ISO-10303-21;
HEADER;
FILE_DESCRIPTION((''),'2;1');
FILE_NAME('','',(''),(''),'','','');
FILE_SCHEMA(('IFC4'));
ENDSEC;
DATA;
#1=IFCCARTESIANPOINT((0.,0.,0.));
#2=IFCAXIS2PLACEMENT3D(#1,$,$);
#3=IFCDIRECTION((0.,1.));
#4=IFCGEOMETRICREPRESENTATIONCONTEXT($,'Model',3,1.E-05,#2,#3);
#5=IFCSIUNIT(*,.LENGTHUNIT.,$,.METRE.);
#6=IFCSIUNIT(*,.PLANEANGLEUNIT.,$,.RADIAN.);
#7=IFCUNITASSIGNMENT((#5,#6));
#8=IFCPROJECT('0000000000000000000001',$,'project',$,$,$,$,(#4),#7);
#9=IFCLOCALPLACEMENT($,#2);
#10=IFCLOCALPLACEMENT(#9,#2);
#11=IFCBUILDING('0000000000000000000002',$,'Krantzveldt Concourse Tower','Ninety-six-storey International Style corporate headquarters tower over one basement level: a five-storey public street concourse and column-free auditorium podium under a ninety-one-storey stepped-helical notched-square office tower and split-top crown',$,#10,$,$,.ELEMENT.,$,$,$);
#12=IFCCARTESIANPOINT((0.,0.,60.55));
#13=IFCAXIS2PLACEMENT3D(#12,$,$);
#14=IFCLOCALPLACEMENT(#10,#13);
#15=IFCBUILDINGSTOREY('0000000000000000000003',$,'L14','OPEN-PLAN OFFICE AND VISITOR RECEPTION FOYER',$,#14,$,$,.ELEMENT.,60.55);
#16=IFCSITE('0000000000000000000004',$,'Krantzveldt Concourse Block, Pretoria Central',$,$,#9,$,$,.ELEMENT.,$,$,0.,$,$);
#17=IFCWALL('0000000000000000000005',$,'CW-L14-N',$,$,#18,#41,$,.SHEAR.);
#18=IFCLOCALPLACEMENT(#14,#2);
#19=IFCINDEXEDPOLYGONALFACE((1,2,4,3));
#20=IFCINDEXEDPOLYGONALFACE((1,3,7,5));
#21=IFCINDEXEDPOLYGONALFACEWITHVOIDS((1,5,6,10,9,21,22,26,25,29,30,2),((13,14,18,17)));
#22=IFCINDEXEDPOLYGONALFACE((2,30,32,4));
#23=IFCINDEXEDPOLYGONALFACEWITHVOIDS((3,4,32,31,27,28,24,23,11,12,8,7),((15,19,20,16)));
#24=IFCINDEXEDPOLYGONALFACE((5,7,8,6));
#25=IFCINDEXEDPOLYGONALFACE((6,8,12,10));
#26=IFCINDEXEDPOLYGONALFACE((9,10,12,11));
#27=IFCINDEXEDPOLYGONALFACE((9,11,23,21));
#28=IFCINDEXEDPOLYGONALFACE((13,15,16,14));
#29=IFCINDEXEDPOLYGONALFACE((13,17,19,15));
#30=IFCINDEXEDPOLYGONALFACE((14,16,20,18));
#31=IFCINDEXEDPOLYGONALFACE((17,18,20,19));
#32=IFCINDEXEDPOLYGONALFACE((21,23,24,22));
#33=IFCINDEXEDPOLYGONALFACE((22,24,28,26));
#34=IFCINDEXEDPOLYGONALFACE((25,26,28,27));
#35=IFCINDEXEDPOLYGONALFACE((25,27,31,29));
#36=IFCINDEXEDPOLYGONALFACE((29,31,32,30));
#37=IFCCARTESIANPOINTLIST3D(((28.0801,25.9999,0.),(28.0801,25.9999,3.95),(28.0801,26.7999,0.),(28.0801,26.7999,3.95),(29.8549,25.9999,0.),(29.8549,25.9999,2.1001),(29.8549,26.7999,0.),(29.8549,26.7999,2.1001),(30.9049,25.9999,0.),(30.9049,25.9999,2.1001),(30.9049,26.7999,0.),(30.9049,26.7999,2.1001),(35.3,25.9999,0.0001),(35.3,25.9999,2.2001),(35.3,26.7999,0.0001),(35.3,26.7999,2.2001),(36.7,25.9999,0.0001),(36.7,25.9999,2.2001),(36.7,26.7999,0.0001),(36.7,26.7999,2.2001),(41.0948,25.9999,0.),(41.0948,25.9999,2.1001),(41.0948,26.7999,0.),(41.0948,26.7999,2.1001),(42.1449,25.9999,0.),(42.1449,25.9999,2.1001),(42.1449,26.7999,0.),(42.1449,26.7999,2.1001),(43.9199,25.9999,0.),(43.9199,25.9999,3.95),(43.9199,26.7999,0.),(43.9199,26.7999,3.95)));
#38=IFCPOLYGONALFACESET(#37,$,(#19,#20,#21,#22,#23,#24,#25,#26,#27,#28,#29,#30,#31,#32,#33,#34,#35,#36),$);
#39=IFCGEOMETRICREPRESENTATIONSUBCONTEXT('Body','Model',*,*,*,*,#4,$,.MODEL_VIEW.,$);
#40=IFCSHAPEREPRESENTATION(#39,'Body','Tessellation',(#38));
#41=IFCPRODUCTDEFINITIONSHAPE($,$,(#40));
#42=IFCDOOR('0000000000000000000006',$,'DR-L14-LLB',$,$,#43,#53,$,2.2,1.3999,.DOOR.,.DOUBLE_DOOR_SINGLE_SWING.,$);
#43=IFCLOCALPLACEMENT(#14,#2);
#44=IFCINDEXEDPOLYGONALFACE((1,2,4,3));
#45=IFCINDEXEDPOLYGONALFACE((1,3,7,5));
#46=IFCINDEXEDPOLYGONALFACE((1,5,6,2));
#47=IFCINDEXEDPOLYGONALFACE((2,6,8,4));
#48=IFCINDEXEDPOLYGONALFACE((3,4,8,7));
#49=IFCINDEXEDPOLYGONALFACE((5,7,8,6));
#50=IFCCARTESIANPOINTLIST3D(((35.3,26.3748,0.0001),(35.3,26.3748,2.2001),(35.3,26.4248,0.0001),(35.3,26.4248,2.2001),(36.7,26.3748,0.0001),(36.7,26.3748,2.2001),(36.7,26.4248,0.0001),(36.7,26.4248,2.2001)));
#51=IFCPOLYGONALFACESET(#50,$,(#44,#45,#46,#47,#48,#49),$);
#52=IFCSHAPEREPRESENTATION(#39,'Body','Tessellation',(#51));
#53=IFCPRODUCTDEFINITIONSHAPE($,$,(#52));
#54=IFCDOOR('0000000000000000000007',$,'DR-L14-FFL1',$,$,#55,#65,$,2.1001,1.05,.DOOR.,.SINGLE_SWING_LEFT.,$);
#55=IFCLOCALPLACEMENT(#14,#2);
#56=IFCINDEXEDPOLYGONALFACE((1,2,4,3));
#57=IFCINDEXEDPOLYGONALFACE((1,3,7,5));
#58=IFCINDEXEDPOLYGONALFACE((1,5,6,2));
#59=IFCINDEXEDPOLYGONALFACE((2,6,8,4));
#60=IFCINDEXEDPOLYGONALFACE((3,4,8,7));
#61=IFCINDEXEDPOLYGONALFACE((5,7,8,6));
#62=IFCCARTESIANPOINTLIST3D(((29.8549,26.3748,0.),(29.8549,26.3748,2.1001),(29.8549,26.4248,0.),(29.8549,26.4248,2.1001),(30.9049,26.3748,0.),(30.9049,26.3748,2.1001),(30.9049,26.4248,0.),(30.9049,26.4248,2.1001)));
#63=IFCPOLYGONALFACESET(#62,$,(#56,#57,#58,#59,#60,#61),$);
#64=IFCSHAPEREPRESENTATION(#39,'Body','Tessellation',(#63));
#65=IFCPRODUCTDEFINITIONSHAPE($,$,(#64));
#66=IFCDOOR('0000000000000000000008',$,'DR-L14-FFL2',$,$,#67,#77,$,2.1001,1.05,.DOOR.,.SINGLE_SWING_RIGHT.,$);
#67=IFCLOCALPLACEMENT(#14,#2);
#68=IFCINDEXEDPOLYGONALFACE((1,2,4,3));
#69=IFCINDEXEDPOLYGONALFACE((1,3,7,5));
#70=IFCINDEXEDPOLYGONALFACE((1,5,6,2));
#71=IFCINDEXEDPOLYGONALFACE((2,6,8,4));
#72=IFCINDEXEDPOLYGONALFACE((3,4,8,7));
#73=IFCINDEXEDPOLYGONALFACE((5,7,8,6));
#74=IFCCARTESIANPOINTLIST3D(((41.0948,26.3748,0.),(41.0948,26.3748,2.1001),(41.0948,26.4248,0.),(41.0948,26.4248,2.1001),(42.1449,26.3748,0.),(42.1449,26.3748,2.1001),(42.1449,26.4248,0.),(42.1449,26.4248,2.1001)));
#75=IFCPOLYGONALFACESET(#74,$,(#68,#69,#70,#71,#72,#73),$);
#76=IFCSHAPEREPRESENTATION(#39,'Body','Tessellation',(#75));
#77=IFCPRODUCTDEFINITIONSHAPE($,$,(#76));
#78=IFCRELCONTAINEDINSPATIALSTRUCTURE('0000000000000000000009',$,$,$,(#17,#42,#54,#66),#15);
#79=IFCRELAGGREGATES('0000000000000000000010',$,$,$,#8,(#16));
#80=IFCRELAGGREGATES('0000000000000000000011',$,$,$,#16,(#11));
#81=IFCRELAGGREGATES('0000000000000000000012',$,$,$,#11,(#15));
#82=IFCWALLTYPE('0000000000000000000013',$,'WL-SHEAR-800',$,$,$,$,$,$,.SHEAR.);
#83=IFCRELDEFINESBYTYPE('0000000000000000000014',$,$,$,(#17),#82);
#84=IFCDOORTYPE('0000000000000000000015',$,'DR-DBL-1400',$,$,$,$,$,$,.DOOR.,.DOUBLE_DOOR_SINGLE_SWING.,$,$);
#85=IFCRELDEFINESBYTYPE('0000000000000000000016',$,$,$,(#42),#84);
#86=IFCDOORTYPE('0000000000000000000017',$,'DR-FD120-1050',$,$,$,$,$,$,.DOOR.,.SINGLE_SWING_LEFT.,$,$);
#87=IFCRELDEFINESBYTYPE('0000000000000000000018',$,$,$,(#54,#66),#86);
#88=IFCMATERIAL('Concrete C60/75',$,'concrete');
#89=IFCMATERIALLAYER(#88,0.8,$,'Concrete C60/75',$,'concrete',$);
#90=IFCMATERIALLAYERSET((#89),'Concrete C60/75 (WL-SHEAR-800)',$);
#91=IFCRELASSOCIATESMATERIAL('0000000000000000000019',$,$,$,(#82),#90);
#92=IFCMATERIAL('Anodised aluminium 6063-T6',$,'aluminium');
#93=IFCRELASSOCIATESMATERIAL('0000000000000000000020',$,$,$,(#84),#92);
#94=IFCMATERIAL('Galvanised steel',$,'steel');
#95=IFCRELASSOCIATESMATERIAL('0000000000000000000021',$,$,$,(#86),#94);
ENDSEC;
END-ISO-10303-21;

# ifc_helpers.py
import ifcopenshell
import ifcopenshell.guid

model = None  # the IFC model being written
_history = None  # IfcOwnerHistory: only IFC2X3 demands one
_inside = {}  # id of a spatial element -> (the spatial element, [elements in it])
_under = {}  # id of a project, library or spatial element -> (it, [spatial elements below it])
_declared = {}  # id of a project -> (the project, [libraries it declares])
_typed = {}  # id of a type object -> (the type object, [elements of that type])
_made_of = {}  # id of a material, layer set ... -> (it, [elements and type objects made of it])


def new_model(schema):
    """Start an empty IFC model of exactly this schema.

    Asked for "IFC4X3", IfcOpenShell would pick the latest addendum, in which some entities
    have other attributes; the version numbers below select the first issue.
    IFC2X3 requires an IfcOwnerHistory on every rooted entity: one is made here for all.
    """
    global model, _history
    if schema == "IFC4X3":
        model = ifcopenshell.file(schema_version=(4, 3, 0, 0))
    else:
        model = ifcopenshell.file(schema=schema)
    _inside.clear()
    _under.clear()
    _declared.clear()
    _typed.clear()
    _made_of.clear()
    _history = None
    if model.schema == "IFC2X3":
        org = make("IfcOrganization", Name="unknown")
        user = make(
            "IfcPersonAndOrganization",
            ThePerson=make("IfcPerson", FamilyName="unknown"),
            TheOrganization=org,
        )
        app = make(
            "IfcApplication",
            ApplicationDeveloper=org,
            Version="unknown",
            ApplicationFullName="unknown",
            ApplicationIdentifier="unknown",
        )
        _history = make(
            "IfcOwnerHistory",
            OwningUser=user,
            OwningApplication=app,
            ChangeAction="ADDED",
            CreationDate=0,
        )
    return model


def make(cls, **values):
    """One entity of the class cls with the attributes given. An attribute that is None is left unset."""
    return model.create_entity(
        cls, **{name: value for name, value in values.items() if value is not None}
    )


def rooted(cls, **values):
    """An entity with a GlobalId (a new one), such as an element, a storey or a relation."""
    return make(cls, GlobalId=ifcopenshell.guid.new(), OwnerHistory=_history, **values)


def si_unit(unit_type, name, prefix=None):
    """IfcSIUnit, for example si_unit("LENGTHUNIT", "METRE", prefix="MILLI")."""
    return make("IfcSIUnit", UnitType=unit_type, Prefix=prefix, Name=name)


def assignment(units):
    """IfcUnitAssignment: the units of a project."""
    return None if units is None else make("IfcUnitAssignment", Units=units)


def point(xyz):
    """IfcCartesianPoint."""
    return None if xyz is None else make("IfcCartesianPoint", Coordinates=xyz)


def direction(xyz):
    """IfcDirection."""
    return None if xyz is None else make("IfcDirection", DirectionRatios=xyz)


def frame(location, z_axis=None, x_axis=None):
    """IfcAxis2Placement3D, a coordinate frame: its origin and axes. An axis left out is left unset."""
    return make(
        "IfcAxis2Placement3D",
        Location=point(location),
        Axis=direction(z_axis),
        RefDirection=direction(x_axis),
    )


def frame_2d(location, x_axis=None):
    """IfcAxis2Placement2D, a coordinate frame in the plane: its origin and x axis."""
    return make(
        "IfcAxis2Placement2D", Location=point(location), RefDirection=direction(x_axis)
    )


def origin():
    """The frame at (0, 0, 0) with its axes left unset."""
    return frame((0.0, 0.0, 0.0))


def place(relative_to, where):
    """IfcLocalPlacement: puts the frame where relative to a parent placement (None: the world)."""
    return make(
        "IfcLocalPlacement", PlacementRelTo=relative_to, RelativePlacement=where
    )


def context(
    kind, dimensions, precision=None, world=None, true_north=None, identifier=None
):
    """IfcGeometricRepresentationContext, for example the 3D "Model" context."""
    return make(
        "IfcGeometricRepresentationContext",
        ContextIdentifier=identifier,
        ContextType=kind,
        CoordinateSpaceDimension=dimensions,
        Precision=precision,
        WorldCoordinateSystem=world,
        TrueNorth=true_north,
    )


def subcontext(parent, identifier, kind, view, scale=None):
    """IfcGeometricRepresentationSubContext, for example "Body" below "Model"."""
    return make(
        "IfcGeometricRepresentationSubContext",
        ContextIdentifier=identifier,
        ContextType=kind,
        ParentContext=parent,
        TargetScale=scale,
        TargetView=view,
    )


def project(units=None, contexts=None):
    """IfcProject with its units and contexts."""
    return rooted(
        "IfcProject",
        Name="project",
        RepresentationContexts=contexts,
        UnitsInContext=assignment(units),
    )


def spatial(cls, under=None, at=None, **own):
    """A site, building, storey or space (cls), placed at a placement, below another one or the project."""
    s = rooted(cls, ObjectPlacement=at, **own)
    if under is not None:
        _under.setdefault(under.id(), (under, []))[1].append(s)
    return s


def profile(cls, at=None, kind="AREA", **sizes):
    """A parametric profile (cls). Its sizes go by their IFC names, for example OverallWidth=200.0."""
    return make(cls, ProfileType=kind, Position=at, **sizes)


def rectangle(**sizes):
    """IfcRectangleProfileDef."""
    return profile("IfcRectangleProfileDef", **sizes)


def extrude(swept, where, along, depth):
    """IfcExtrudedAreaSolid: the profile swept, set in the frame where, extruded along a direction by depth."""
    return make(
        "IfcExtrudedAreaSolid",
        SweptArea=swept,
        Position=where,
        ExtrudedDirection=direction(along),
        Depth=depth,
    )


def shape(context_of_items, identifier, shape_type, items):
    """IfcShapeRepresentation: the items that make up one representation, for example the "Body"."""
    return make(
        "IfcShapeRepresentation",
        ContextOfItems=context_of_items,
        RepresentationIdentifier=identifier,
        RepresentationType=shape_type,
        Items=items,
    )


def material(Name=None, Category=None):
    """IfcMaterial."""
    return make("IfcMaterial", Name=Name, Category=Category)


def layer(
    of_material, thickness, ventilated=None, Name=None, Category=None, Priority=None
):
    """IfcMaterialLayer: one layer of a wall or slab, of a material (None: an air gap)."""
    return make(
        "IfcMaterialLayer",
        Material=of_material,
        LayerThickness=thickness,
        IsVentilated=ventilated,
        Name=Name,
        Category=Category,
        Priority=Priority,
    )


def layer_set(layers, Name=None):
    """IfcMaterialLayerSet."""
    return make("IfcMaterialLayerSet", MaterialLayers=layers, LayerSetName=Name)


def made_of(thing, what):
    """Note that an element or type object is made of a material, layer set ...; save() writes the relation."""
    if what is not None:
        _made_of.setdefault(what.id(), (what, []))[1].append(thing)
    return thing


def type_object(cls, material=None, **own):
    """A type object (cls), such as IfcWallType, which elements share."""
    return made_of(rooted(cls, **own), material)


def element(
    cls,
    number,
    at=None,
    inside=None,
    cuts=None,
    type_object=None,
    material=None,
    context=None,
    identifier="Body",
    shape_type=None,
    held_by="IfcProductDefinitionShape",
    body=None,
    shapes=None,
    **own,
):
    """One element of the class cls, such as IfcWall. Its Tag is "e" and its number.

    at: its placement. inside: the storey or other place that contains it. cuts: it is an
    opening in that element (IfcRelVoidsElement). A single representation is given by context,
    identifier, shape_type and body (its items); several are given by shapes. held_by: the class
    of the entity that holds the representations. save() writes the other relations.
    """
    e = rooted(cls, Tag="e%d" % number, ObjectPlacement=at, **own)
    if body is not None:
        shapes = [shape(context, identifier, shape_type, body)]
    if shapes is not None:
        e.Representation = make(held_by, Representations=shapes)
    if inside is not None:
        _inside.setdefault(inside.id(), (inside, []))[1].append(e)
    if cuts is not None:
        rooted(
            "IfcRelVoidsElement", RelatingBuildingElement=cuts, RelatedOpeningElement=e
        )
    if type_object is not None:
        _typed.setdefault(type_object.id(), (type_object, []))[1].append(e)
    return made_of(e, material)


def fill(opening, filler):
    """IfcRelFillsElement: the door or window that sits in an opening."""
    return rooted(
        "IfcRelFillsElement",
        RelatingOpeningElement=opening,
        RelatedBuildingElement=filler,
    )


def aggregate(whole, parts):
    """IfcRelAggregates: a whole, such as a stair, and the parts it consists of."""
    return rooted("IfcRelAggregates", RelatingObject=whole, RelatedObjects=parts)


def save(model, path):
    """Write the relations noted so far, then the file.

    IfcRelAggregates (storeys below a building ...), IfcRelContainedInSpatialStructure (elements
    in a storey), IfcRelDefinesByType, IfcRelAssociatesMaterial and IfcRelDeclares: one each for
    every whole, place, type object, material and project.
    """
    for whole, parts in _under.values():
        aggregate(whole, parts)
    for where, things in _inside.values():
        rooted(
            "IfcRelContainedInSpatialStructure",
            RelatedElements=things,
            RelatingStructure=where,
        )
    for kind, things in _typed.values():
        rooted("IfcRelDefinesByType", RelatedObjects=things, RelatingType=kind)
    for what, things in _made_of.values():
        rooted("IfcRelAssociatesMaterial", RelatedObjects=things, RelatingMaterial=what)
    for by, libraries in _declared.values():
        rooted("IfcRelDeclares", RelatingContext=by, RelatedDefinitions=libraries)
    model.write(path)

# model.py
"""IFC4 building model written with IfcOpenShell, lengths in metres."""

from ifc_helpers import new_model, si_unit, direction, frame, frame_2d, origin, place, context, subcontext, project, spatial, rectangle, extrude, material, layer, layer_set, type_object, element, fill, save


model = new_model("IFC4")

# Units and contexts
model_context = context("Model", 3, precision=1e-05, world=origin(), true_north=direction((0.0, 1.0)))
body_context = subcontext(model_context, "Body", "Model", "MODEL_VIEW")
ifc_project = project(units=[si_unit("LENGTHUNIT", "METRE"), si_unit("PLANEANGLEUNIT", "RADIAN")], contexts=[model_context])

# Site, building, storey
site_placement = place(None, origin())
site = spatial("IfcSite", under=ifc_project, at=site_placement, Name="Krantzveldt Concourse Block, Pretoria Central", CompositionType="ELEMENT", RefElevation=0.0)
building_placement = place(site_placement, origin())
building = spatial("IfcBuilding", under=site, at=building_placement, Name="Krantzveldt Concourse Tower", Description="Ninety-six-storey International Style corporate headquarters tower over one basement level: a five-storey public street concourse and column-free auditorium podium under a ninety-one-storey stepped-helical notched-square office tower and split-top crown", CompositionType="ELEMENT")
storey_placement = place(building_placement, frame((0.0, 0.0, 60.55)))
storey = spatial("IfcBuildingStorey", under=building, at=storey_placement, Name="L14", Description="OPEN-PLAN OFFICE AND VISITOR RECEPTION FOYER", CompositionType="ELEMENT", Elevation=60.55)

# Wall, openings, doors
ifc_material_1 = material(Name="Concrete C60/75", Category="concrete")
ifc_layer_1 = layer(ifc_material_1, 0.8, Name="Concrete C60/75", Category="concrete")
ifc_layer_set_1 = layer_set([ifc_layer_1], Name="Concrete C60/75 (WL-SHEAR-800)")
wall_type_1 = type_object("IfcWallType", Name="WL-SHEAR-800", PredefinedType="SHEAR", material=ifc_layer_set_1)
wall_1_placement = place(storey_placement, frame((28.0801, 26.3999, 0.0), z_axis=(0.0, 0.0, 1.0), x_axis=(1.0, 0.0, 0.0)))
wall_1 = element("IfcWall", 1, at=wall_1_placement, inside=storey, type_object=wall_type_1, Name="CW-L14-N", PredefinedType="SHEAR", context=body_context, shape_type="SweptSolid", body=[
    extrude(rectangle(XDim=15.8398, YDim=0.8, at=frame_2d((7.9199, 0.0))), origin(), (0.0, 0.0, 1.0), 3.95),
])
opening_1_placement = place(wall_1_placement, frame((7.22, 0.0, 0.0)))
opening_1 = element("IfcOpeningElement", 2, at=opening_1_placement, cuts=wall_1, PredefinedType="OPENING", context=body_context, shape_type="SweptSolid", body=[
    extrude(rectangle(XDim=1.3999, YDim=2.2, at=frame_2d((0.7, 1.1001))), frame((0.0, 0.4102, 0.0), z_axis=(0.0, -1.0, 0.0), x_axis=(1.0, 0.0, 0.0)), (0.0, 0.0, 1.0), 0.8201),
])
opening_2_placement = place(wall_1_placement, frame((1.7749, 0.0, 0.0)))
opening_2 = element("IfcOpeningElement", 3, at=opening_2_placement, cuts=wall_1, PredefinedType="OPENING", context=body_context, shape_type="SweptSolid", body=[
    extrude(rectangle(XDim=1.05, YDim=2.1001, at=frame_2d((0.5249, 1.05))), frame((0.0, 0.4102, 0.0), z_axis=(0.0, -1.0, 0.0), x_axis=(1.0, 0.0, 0.0)), (0.0, 0.0, 1.0), 0.8201),
])
opening_3_placement = place(wall_1_placement, frame((13.0149, 0.0, 0.0)))
opening_3 = element("IfcOpeningElement", 4, at=opening_3_placement, cuts=wall_1, PredefinedType="OPENING", context=body_context, shape_type="SweptSolid", body=[
    extrude(rectangle(XDim=1.05, YDim=2.1001, at=frame_2d((0.5249, 1.05))), frame((0.0, 0.4102, 0.0), z_axis=(0.0, -1.0, 0.0), x_axis=(1.0, 0.0, 0.0)), (0.0, 0.0, 1.0), 0.8201),
])
ifc_material_2 = material(Name="Anodised aluminium 6063-T6", Category="aluminium")
door_type_1 = type_object("IfcDoorType", Name="DR-DBL-1400", OperationType="DOUBLE_DOOR_SINGLE_SWING", PredefinedType="DOOR", material=ifc_material_2)
door_1_placement = place(opening_1_placement, origin())
door_1 = element("IfcDoor", 5, at=door_1_placement, inside=storey, type_object=door_type_1, Name="DR-L14-LLB", OperationType="DOUBLE_DOOR_SINGLE_SWING", OverallHeight=2.2, OverallWidth=1.3999, PredefinedType="DOOR", context=body_context, shape_type="SweptSolid", body=[
    extrude(rectangle(XDim=1.3999, YDim=2.2, at=frame_2d((0.7, 1.1001))), frame((0.0, 0.0249, 0.0), z_axis=(0.0, -1.0, 0.0), x_axis=(1.0, 0.0, 0.0)), (0.0, 0.0, 1.0), 0.05),
])
fill(opening_1, door_1)
ifc_material_3 = material(Name="Galvanised steel", Category="steel")
door_type_2 = type_object("IfcDoorType", Name="DR-FD120-1050", OperationType="SINGLE_SWING_LEFT", PredefinedType="DOOR", material=ifc_material_3)
door_2_placement = place(opening_2_placement, origin())
door_2 = element("IfcDoor", 6, at=door_2_placement, inside=storey, type_object=door_type_2, Name="DR-L14-FFL1", OperationType="SINGLE_SWING_LEFT", OverallHeight=2.1001, OverallWidth=1.05, PredefinedType="DOOR", context=body_context, shape_type="SweptSolid", body=[
    extrude(rectangle(XDim=1.05, YDim=2.1001, at=frame_2d((0.5249, 1.05))), frame((0.0, 0.0249, 0.0), z_axis=(0.0, -1.0, 0.0), x_axis=(1.0, 0.0, 0.0)), (0.0, 0.0, 1.0), 0.05),
])
fill(opening_2, door_2)
door_3_placement = place(opening_3_placement, origin())
door_3 = element("IfcDoor", 7, at=door_3_placement, inside=storey, type_object=door_type_2, Name="DR-L14-FFL2", OperationType="SINGLE_SWING_RIGHT", OverallHeight=2.1001, OverallWidth=1.05, PredefinedType="DOOR", context=body_context, shape_type="SweptSolid", body=[
    extrude(rectangle(XDim=1.05, YDim=2.1001, at=frame_2d((0.5249, 1.05))), frame((0.0, 0.0249, 0.0), z_axis=(0.0, -1.0, 0.0), x_axis=(1.0, 0.0, 0.0)), (0.0, 0.0, 1.0), 0.05),
])
fill(opening_3, door_3)

save(model, "model.ifc")
